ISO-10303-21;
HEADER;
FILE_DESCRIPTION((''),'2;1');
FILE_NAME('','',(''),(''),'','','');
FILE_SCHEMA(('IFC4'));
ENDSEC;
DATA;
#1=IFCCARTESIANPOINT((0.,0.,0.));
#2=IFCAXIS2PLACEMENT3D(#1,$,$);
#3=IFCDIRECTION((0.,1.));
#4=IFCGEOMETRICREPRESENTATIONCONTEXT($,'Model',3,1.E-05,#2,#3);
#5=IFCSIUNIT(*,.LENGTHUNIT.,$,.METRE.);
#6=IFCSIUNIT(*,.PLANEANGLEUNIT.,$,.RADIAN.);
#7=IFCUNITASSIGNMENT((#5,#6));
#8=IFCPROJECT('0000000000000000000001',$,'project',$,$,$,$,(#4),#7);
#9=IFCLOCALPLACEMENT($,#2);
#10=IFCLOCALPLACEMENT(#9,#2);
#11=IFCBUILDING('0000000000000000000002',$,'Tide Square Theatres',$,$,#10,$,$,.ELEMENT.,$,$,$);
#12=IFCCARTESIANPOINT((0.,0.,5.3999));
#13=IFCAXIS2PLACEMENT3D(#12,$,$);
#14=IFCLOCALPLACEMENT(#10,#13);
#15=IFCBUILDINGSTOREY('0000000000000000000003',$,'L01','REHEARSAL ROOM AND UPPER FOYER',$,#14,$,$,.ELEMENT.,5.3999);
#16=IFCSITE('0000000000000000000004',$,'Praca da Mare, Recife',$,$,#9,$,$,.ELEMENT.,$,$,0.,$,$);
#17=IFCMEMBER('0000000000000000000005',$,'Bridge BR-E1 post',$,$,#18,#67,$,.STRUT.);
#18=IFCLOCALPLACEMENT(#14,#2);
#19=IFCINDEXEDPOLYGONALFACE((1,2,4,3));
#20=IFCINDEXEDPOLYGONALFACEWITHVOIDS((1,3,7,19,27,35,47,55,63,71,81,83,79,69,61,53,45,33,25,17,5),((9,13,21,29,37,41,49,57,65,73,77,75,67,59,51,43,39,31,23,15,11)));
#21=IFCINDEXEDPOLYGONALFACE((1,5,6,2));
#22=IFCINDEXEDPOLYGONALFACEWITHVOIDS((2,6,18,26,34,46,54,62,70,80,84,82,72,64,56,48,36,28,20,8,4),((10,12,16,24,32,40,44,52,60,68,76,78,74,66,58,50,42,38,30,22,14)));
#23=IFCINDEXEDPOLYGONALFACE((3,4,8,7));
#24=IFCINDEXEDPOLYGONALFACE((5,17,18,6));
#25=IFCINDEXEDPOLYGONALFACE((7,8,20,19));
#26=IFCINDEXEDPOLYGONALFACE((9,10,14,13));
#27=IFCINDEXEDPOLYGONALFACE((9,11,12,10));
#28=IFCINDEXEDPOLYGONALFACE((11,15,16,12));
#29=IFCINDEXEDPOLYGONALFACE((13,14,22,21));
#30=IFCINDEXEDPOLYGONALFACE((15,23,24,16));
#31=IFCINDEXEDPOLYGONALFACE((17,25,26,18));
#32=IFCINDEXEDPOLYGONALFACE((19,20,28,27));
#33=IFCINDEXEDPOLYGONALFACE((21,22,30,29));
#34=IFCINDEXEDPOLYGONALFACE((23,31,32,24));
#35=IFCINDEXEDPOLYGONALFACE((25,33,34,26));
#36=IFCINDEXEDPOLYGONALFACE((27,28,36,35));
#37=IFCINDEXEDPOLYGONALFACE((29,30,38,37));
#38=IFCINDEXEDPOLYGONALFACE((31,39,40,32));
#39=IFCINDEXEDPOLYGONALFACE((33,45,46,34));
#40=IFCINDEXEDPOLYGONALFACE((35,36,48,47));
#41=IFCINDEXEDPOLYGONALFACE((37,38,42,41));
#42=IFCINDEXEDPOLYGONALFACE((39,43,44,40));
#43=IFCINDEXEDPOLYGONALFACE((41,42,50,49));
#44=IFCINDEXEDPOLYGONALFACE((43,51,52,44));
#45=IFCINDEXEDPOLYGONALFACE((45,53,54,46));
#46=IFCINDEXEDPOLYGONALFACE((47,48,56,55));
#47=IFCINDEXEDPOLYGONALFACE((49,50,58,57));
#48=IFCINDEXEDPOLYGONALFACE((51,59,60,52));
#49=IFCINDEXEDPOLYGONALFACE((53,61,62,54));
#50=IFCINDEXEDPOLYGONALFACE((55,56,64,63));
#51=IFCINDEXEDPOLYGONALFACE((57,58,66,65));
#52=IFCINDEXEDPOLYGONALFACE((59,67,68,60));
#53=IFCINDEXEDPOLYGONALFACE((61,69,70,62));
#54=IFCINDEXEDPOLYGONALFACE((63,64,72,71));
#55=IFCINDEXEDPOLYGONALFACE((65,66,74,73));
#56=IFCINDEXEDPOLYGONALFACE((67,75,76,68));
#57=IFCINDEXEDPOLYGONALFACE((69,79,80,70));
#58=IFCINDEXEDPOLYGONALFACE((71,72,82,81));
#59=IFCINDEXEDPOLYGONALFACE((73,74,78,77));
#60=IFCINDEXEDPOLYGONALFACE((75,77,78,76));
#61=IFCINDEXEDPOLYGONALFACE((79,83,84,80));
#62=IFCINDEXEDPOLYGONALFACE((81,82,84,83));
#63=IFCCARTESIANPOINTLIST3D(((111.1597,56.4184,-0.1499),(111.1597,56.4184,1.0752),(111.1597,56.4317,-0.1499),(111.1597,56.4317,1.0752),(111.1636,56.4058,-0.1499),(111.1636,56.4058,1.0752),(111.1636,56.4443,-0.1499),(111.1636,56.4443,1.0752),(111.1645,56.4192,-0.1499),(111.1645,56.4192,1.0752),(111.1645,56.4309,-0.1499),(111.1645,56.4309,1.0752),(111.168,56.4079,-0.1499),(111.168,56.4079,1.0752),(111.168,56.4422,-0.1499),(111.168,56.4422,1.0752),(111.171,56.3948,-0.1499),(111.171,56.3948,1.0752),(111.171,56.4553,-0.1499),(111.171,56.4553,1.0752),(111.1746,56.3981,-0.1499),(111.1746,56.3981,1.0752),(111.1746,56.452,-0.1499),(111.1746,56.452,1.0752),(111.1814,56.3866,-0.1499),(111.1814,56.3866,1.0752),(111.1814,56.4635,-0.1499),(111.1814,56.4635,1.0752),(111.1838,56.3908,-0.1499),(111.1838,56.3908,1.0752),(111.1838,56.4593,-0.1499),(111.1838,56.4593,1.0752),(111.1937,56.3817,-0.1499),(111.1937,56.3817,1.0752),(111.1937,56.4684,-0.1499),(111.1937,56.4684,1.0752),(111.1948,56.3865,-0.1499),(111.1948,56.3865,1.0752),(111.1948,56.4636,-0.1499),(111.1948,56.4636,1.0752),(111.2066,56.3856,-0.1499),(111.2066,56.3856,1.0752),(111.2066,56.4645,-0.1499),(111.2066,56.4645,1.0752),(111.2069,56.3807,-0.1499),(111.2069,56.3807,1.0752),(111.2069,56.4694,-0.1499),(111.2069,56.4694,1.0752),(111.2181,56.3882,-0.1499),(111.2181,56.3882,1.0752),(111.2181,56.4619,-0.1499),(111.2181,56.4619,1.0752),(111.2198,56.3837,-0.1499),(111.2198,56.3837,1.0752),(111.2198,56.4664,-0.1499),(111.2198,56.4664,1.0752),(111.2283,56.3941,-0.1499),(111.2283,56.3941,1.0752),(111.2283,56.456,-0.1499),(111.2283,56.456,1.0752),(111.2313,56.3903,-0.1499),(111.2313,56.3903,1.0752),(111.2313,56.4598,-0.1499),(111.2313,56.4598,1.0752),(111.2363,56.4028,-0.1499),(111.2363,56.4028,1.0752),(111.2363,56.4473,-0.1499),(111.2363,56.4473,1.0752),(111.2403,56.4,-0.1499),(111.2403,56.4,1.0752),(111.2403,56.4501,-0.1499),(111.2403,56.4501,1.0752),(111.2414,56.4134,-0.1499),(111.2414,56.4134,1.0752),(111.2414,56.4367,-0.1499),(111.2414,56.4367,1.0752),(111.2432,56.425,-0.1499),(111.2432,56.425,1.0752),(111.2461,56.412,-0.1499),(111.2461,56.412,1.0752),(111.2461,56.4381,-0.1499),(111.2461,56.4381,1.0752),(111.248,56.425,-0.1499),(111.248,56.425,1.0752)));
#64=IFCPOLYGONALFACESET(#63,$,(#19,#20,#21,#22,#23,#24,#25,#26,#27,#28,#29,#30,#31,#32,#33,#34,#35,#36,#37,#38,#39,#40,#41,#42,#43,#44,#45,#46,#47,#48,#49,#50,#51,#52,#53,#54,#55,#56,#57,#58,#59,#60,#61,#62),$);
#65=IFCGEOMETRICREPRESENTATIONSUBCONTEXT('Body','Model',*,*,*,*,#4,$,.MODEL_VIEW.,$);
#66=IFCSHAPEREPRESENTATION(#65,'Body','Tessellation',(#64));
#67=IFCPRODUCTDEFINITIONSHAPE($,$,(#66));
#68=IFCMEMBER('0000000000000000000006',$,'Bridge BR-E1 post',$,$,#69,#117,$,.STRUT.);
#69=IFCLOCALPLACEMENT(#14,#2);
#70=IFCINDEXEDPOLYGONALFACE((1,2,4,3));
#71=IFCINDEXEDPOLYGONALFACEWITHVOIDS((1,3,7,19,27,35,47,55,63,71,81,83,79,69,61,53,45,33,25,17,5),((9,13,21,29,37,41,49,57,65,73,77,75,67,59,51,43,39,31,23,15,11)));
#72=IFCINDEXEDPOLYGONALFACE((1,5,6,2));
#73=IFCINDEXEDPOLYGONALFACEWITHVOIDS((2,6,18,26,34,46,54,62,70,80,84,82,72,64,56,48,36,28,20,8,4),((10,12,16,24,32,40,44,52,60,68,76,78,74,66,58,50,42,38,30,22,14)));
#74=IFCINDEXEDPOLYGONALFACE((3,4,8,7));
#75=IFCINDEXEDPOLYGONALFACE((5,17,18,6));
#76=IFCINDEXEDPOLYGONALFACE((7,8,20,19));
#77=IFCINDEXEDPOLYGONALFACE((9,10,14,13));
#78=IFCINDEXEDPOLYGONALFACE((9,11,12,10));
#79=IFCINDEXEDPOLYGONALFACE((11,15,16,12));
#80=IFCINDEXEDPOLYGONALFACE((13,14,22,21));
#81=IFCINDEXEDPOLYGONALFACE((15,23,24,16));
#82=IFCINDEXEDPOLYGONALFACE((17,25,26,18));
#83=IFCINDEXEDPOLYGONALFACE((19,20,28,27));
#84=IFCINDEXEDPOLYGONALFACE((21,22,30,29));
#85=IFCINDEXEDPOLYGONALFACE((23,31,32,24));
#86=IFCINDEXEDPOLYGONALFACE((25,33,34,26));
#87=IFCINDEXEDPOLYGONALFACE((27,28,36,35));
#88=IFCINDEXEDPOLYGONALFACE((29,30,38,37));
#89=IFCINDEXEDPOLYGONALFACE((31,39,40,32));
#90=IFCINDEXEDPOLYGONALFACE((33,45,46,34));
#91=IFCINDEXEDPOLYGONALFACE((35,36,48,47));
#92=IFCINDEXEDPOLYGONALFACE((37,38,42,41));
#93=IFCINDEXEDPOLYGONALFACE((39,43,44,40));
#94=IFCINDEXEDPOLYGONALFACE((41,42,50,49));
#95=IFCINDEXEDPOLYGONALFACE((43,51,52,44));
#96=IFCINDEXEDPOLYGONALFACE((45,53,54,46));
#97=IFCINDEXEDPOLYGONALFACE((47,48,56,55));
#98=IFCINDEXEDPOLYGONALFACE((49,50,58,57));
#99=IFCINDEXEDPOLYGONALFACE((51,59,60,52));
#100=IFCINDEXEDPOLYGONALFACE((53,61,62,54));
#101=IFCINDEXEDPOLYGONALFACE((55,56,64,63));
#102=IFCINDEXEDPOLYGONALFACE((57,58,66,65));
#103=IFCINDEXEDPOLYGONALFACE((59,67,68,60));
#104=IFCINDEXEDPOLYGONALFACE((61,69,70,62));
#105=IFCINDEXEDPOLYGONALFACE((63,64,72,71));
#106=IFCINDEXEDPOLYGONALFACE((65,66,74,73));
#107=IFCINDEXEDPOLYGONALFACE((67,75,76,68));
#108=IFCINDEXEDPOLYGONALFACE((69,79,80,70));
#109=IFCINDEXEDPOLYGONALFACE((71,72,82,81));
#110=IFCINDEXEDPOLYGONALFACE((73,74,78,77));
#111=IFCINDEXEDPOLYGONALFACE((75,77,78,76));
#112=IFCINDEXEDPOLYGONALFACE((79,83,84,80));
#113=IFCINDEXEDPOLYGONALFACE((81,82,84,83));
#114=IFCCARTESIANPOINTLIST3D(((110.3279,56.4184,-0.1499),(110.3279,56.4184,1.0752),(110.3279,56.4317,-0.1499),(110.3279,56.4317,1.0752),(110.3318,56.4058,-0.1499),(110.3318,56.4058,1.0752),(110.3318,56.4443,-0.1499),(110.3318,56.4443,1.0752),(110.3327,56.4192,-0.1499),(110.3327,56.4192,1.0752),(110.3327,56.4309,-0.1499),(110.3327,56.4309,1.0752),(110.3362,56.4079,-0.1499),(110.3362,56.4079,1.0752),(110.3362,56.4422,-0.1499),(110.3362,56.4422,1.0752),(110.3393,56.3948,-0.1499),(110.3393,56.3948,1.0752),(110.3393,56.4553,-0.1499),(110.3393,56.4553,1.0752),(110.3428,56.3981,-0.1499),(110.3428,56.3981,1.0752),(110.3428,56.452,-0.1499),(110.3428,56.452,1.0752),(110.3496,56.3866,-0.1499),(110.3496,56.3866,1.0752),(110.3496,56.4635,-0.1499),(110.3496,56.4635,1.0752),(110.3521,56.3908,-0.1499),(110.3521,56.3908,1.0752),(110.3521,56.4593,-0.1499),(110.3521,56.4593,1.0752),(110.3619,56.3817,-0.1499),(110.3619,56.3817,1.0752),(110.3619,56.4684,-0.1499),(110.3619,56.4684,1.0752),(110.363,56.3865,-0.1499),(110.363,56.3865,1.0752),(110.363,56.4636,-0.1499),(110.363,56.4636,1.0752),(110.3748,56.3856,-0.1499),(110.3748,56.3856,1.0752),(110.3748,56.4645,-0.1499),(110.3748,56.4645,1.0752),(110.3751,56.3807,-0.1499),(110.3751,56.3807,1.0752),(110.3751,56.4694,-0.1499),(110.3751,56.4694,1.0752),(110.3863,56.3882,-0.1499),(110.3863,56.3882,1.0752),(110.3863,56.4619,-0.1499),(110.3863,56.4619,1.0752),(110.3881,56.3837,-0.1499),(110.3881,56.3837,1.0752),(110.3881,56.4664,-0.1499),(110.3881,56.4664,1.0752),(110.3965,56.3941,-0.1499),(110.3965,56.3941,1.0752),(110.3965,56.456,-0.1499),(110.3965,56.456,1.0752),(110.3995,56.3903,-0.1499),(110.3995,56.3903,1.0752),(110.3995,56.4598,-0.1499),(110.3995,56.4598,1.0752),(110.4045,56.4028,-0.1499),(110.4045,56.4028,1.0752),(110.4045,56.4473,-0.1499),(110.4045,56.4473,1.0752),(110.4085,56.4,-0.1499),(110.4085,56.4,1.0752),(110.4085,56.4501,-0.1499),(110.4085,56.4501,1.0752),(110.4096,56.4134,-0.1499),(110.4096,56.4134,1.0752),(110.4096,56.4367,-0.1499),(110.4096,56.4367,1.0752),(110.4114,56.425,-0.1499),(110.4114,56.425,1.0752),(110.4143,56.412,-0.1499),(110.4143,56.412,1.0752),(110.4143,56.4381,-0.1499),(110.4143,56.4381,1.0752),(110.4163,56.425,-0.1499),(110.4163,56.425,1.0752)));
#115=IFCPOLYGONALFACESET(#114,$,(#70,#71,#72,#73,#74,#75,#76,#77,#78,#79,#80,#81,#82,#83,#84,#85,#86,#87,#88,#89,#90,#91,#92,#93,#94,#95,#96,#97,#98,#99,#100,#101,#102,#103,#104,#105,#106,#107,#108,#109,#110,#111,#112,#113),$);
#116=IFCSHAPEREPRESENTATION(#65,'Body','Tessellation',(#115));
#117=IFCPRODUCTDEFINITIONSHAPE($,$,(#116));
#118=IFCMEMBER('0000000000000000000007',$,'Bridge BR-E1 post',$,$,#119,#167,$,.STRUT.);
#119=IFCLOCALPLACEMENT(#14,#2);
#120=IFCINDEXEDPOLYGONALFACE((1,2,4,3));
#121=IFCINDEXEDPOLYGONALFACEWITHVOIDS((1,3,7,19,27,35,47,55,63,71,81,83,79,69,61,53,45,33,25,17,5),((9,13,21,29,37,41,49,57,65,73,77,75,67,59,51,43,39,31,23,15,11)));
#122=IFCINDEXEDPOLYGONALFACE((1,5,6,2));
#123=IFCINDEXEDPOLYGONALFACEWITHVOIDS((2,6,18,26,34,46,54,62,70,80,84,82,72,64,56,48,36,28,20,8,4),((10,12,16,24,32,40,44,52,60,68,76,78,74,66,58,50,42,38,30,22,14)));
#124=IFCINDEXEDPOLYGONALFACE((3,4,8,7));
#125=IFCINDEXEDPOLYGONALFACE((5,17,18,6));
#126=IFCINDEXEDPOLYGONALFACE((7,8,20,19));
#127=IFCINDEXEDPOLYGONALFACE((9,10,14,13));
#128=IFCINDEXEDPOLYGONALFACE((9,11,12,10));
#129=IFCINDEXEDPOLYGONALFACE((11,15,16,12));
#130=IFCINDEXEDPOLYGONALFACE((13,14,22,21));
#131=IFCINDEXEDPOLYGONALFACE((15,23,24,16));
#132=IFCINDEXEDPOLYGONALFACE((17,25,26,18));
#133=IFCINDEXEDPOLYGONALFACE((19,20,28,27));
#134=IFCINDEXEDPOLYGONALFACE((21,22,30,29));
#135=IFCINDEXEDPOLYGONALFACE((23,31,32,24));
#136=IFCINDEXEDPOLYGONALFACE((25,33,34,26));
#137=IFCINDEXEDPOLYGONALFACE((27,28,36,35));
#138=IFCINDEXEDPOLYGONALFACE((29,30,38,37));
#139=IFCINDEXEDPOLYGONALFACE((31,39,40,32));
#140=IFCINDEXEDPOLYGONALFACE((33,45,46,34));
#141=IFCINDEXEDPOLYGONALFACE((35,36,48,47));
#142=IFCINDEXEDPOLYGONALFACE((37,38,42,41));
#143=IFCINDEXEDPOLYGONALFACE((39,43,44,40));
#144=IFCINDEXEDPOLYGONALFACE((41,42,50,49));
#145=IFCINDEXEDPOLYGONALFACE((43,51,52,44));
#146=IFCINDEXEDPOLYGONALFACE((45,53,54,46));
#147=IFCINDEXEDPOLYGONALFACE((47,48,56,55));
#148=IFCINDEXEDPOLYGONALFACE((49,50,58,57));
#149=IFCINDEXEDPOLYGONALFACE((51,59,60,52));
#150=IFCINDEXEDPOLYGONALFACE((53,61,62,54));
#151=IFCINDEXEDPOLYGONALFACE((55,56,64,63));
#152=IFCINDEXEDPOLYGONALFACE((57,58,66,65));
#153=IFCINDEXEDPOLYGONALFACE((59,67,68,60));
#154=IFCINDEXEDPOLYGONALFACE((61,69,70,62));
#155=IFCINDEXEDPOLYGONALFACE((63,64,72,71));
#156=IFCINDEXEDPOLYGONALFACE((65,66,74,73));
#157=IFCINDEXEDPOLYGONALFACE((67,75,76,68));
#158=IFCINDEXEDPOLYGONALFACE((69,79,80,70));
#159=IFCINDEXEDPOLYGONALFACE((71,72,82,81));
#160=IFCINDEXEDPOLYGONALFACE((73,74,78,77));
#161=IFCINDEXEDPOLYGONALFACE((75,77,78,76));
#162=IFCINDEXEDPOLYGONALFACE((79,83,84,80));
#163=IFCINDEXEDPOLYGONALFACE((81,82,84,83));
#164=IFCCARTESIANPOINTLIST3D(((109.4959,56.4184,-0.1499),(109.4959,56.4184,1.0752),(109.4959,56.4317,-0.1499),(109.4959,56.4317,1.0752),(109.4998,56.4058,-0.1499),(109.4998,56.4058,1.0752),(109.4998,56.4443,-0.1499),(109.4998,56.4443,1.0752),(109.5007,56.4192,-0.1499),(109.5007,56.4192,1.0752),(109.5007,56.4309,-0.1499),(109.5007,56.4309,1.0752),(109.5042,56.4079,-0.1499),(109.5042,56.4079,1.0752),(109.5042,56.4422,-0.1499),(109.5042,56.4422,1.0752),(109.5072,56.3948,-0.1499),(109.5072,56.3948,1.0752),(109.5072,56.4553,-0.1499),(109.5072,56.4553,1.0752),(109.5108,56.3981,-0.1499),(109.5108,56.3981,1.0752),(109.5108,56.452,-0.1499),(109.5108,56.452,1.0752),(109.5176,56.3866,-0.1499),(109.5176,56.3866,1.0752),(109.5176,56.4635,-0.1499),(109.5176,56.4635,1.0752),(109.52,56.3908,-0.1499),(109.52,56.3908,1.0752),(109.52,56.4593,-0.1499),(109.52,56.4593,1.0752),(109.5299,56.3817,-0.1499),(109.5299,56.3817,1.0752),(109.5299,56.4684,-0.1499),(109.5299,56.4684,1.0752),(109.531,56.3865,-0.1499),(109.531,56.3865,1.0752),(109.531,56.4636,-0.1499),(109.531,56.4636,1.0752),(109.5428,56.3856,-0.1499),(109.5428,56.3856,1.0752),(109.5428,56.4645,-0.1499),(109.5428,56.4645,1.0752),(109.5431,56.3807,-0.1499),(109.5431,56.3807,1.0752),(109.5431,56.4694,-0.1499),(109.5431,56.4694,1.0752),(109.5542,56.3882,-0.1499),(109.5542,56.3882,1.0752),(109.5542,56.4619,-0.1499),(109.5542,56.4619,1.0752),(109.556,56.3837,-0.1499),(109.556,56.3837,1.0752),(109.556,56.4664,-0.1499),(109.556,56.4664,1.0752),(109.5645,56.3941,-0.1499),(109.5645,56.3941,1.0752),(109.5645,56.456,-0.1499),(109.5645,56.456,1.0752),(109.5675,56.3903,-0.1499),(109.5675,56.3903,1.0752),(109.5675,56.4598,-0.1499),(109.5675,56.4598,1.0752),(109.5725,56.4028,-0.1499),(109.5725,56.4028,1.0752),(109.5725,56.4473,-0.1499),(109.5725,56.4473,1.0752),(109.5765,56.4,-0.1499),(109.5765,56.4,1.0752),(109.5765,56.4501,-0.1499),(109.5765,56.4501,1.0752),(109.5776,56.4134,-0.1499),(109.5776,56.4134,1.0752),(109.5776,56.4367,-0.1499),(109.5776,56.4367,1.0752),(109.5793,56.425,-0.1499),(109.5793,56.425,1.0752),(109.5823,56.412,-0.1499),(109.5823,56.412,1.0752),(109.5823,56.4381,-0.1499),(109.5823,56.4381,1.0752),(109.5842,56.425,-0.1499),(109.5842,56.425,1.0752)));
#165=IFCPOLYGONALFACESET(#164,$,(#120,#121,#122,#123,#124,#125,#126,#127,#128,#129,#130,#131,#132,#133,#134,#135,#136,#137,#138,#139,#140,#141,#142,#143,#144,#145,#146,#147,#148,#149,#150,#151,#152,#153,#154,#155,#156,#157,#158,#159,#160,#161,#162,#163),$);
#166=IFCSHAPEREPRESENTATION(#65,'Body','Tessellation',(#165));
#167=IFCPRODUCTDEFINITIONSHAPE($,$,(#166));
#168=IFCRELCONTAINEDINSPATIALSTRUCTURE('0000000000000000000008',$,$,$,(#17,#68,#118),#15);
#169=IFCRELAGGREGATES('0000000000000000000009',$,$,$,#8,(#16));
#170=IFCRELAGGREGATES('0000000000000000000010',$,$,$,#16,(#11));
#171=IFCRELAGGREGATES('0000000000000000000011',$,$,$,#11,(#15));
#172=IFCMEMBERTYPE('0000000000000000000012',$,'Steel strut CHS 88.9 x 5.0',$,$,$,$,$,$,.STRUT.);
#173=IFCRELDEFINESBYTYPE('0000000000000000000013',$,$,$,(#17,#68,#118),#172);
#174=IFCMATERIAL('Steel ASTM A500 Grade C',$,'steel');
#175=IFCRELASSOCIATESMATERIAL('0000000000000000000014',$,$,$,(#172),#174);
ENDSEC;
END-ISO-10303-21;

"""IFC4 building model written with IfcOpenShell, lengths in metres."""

from ifc_helpers import new_model, si_unit, direction, frame, origin, origin_2d, place, context, subcontext, project, spatial, hollow_circle, extrude, material, material_profile, profile_set, type_object, element, save


model = new_model("IFC4")

# Units and contexts
model_context = context("Model", 3, precision=1e-05, world=origin(), true_north=direction((0.0, 1.0)))
body_context = subcontext(model_context, "Body", "Model", "MODEL_VIEW")
ifc_project = project(units=[si_unit("LENGTHUNIT", "METRE"), si_unit("PLANEANGLEUNIT", "RADIAN")], contexts=[model_context])

# Site, building, storey
site_placement = place(None, origin())
site = spatial("IfcSite", under=ifc_project, at=site_placement, Name="Praca da Mare, Recife", CompositionType="ELEMENT", RefElevation=0.0)
building_placement = place(site_placement, origin())
building = spatial("IfcBuilding", under=site, at=building_placement, Name="Tide Square Theatres", CompositionType="ELEMENT")
storey_placement = place(building_placement, frame((0.0, 0.0, 5.3999)))
storey = spatial("IfcBuildingStorey", under=building, at=storey_placement, Name="L01", Description="REHEARSAL ROOM AND UPPER FOYER", CompositionType="ELEMENT", Elevation=5.3999)

# Members
ifc_material_1 = material(Name="Steel ASTM A500 Grade C", Category="steel")
ifc_material_profile_1 = material_profile(ifc_material_1, hollow_circle(Radius=0.0444, WallThickness=0.0049, at=origin_2d()))
ifc_profile_set_1 = profile_set([ifc_material_profile_1], Name="Steel ASTM A500 Grade C")
member_type_1 = type_object("IfcMemberType", Name="Steel strut CHS 88.9 x 5.0", PredefinedType="STRUT", material=ifc_profile_set_1)
for number, where, z_axis, x_axis, name in (
    (1, (111.2036, 56.425, -0.1499), (0.0, 0.0, 1.0), (1.0, 0.0, 0.0), "Bridge BR-E1 post"),
    (2, (110.3718, 56.425, -0.1499), (0.0, 0.0, 1.0), (1.0, 0.0, 0.0), "Bridge BR-E1 post"),
    (3, (109.5398, 56.425, -0.1499), (0.0, 0.0, 1.0), (1.0, 0.0, 0.0), "Bridge BR-E1 post"),
):
    element("IfcMember", number, at=place(storey_placement, frame(where, z_axis=z_axis, x_axis=x_axis)), inside=storey, type_object=member_type_1, Name=name, PredefinedType="STRUT", context=body_context, shape_type="SweptSolid", body=[
        extrude(hollow_circle(Radius=0.0444, WallThickness=0.0049, at=origin_2d()), origin(), (0.0, 0.0, 1.0), 1.2251),
    ])

save(model, "model.ifc")
